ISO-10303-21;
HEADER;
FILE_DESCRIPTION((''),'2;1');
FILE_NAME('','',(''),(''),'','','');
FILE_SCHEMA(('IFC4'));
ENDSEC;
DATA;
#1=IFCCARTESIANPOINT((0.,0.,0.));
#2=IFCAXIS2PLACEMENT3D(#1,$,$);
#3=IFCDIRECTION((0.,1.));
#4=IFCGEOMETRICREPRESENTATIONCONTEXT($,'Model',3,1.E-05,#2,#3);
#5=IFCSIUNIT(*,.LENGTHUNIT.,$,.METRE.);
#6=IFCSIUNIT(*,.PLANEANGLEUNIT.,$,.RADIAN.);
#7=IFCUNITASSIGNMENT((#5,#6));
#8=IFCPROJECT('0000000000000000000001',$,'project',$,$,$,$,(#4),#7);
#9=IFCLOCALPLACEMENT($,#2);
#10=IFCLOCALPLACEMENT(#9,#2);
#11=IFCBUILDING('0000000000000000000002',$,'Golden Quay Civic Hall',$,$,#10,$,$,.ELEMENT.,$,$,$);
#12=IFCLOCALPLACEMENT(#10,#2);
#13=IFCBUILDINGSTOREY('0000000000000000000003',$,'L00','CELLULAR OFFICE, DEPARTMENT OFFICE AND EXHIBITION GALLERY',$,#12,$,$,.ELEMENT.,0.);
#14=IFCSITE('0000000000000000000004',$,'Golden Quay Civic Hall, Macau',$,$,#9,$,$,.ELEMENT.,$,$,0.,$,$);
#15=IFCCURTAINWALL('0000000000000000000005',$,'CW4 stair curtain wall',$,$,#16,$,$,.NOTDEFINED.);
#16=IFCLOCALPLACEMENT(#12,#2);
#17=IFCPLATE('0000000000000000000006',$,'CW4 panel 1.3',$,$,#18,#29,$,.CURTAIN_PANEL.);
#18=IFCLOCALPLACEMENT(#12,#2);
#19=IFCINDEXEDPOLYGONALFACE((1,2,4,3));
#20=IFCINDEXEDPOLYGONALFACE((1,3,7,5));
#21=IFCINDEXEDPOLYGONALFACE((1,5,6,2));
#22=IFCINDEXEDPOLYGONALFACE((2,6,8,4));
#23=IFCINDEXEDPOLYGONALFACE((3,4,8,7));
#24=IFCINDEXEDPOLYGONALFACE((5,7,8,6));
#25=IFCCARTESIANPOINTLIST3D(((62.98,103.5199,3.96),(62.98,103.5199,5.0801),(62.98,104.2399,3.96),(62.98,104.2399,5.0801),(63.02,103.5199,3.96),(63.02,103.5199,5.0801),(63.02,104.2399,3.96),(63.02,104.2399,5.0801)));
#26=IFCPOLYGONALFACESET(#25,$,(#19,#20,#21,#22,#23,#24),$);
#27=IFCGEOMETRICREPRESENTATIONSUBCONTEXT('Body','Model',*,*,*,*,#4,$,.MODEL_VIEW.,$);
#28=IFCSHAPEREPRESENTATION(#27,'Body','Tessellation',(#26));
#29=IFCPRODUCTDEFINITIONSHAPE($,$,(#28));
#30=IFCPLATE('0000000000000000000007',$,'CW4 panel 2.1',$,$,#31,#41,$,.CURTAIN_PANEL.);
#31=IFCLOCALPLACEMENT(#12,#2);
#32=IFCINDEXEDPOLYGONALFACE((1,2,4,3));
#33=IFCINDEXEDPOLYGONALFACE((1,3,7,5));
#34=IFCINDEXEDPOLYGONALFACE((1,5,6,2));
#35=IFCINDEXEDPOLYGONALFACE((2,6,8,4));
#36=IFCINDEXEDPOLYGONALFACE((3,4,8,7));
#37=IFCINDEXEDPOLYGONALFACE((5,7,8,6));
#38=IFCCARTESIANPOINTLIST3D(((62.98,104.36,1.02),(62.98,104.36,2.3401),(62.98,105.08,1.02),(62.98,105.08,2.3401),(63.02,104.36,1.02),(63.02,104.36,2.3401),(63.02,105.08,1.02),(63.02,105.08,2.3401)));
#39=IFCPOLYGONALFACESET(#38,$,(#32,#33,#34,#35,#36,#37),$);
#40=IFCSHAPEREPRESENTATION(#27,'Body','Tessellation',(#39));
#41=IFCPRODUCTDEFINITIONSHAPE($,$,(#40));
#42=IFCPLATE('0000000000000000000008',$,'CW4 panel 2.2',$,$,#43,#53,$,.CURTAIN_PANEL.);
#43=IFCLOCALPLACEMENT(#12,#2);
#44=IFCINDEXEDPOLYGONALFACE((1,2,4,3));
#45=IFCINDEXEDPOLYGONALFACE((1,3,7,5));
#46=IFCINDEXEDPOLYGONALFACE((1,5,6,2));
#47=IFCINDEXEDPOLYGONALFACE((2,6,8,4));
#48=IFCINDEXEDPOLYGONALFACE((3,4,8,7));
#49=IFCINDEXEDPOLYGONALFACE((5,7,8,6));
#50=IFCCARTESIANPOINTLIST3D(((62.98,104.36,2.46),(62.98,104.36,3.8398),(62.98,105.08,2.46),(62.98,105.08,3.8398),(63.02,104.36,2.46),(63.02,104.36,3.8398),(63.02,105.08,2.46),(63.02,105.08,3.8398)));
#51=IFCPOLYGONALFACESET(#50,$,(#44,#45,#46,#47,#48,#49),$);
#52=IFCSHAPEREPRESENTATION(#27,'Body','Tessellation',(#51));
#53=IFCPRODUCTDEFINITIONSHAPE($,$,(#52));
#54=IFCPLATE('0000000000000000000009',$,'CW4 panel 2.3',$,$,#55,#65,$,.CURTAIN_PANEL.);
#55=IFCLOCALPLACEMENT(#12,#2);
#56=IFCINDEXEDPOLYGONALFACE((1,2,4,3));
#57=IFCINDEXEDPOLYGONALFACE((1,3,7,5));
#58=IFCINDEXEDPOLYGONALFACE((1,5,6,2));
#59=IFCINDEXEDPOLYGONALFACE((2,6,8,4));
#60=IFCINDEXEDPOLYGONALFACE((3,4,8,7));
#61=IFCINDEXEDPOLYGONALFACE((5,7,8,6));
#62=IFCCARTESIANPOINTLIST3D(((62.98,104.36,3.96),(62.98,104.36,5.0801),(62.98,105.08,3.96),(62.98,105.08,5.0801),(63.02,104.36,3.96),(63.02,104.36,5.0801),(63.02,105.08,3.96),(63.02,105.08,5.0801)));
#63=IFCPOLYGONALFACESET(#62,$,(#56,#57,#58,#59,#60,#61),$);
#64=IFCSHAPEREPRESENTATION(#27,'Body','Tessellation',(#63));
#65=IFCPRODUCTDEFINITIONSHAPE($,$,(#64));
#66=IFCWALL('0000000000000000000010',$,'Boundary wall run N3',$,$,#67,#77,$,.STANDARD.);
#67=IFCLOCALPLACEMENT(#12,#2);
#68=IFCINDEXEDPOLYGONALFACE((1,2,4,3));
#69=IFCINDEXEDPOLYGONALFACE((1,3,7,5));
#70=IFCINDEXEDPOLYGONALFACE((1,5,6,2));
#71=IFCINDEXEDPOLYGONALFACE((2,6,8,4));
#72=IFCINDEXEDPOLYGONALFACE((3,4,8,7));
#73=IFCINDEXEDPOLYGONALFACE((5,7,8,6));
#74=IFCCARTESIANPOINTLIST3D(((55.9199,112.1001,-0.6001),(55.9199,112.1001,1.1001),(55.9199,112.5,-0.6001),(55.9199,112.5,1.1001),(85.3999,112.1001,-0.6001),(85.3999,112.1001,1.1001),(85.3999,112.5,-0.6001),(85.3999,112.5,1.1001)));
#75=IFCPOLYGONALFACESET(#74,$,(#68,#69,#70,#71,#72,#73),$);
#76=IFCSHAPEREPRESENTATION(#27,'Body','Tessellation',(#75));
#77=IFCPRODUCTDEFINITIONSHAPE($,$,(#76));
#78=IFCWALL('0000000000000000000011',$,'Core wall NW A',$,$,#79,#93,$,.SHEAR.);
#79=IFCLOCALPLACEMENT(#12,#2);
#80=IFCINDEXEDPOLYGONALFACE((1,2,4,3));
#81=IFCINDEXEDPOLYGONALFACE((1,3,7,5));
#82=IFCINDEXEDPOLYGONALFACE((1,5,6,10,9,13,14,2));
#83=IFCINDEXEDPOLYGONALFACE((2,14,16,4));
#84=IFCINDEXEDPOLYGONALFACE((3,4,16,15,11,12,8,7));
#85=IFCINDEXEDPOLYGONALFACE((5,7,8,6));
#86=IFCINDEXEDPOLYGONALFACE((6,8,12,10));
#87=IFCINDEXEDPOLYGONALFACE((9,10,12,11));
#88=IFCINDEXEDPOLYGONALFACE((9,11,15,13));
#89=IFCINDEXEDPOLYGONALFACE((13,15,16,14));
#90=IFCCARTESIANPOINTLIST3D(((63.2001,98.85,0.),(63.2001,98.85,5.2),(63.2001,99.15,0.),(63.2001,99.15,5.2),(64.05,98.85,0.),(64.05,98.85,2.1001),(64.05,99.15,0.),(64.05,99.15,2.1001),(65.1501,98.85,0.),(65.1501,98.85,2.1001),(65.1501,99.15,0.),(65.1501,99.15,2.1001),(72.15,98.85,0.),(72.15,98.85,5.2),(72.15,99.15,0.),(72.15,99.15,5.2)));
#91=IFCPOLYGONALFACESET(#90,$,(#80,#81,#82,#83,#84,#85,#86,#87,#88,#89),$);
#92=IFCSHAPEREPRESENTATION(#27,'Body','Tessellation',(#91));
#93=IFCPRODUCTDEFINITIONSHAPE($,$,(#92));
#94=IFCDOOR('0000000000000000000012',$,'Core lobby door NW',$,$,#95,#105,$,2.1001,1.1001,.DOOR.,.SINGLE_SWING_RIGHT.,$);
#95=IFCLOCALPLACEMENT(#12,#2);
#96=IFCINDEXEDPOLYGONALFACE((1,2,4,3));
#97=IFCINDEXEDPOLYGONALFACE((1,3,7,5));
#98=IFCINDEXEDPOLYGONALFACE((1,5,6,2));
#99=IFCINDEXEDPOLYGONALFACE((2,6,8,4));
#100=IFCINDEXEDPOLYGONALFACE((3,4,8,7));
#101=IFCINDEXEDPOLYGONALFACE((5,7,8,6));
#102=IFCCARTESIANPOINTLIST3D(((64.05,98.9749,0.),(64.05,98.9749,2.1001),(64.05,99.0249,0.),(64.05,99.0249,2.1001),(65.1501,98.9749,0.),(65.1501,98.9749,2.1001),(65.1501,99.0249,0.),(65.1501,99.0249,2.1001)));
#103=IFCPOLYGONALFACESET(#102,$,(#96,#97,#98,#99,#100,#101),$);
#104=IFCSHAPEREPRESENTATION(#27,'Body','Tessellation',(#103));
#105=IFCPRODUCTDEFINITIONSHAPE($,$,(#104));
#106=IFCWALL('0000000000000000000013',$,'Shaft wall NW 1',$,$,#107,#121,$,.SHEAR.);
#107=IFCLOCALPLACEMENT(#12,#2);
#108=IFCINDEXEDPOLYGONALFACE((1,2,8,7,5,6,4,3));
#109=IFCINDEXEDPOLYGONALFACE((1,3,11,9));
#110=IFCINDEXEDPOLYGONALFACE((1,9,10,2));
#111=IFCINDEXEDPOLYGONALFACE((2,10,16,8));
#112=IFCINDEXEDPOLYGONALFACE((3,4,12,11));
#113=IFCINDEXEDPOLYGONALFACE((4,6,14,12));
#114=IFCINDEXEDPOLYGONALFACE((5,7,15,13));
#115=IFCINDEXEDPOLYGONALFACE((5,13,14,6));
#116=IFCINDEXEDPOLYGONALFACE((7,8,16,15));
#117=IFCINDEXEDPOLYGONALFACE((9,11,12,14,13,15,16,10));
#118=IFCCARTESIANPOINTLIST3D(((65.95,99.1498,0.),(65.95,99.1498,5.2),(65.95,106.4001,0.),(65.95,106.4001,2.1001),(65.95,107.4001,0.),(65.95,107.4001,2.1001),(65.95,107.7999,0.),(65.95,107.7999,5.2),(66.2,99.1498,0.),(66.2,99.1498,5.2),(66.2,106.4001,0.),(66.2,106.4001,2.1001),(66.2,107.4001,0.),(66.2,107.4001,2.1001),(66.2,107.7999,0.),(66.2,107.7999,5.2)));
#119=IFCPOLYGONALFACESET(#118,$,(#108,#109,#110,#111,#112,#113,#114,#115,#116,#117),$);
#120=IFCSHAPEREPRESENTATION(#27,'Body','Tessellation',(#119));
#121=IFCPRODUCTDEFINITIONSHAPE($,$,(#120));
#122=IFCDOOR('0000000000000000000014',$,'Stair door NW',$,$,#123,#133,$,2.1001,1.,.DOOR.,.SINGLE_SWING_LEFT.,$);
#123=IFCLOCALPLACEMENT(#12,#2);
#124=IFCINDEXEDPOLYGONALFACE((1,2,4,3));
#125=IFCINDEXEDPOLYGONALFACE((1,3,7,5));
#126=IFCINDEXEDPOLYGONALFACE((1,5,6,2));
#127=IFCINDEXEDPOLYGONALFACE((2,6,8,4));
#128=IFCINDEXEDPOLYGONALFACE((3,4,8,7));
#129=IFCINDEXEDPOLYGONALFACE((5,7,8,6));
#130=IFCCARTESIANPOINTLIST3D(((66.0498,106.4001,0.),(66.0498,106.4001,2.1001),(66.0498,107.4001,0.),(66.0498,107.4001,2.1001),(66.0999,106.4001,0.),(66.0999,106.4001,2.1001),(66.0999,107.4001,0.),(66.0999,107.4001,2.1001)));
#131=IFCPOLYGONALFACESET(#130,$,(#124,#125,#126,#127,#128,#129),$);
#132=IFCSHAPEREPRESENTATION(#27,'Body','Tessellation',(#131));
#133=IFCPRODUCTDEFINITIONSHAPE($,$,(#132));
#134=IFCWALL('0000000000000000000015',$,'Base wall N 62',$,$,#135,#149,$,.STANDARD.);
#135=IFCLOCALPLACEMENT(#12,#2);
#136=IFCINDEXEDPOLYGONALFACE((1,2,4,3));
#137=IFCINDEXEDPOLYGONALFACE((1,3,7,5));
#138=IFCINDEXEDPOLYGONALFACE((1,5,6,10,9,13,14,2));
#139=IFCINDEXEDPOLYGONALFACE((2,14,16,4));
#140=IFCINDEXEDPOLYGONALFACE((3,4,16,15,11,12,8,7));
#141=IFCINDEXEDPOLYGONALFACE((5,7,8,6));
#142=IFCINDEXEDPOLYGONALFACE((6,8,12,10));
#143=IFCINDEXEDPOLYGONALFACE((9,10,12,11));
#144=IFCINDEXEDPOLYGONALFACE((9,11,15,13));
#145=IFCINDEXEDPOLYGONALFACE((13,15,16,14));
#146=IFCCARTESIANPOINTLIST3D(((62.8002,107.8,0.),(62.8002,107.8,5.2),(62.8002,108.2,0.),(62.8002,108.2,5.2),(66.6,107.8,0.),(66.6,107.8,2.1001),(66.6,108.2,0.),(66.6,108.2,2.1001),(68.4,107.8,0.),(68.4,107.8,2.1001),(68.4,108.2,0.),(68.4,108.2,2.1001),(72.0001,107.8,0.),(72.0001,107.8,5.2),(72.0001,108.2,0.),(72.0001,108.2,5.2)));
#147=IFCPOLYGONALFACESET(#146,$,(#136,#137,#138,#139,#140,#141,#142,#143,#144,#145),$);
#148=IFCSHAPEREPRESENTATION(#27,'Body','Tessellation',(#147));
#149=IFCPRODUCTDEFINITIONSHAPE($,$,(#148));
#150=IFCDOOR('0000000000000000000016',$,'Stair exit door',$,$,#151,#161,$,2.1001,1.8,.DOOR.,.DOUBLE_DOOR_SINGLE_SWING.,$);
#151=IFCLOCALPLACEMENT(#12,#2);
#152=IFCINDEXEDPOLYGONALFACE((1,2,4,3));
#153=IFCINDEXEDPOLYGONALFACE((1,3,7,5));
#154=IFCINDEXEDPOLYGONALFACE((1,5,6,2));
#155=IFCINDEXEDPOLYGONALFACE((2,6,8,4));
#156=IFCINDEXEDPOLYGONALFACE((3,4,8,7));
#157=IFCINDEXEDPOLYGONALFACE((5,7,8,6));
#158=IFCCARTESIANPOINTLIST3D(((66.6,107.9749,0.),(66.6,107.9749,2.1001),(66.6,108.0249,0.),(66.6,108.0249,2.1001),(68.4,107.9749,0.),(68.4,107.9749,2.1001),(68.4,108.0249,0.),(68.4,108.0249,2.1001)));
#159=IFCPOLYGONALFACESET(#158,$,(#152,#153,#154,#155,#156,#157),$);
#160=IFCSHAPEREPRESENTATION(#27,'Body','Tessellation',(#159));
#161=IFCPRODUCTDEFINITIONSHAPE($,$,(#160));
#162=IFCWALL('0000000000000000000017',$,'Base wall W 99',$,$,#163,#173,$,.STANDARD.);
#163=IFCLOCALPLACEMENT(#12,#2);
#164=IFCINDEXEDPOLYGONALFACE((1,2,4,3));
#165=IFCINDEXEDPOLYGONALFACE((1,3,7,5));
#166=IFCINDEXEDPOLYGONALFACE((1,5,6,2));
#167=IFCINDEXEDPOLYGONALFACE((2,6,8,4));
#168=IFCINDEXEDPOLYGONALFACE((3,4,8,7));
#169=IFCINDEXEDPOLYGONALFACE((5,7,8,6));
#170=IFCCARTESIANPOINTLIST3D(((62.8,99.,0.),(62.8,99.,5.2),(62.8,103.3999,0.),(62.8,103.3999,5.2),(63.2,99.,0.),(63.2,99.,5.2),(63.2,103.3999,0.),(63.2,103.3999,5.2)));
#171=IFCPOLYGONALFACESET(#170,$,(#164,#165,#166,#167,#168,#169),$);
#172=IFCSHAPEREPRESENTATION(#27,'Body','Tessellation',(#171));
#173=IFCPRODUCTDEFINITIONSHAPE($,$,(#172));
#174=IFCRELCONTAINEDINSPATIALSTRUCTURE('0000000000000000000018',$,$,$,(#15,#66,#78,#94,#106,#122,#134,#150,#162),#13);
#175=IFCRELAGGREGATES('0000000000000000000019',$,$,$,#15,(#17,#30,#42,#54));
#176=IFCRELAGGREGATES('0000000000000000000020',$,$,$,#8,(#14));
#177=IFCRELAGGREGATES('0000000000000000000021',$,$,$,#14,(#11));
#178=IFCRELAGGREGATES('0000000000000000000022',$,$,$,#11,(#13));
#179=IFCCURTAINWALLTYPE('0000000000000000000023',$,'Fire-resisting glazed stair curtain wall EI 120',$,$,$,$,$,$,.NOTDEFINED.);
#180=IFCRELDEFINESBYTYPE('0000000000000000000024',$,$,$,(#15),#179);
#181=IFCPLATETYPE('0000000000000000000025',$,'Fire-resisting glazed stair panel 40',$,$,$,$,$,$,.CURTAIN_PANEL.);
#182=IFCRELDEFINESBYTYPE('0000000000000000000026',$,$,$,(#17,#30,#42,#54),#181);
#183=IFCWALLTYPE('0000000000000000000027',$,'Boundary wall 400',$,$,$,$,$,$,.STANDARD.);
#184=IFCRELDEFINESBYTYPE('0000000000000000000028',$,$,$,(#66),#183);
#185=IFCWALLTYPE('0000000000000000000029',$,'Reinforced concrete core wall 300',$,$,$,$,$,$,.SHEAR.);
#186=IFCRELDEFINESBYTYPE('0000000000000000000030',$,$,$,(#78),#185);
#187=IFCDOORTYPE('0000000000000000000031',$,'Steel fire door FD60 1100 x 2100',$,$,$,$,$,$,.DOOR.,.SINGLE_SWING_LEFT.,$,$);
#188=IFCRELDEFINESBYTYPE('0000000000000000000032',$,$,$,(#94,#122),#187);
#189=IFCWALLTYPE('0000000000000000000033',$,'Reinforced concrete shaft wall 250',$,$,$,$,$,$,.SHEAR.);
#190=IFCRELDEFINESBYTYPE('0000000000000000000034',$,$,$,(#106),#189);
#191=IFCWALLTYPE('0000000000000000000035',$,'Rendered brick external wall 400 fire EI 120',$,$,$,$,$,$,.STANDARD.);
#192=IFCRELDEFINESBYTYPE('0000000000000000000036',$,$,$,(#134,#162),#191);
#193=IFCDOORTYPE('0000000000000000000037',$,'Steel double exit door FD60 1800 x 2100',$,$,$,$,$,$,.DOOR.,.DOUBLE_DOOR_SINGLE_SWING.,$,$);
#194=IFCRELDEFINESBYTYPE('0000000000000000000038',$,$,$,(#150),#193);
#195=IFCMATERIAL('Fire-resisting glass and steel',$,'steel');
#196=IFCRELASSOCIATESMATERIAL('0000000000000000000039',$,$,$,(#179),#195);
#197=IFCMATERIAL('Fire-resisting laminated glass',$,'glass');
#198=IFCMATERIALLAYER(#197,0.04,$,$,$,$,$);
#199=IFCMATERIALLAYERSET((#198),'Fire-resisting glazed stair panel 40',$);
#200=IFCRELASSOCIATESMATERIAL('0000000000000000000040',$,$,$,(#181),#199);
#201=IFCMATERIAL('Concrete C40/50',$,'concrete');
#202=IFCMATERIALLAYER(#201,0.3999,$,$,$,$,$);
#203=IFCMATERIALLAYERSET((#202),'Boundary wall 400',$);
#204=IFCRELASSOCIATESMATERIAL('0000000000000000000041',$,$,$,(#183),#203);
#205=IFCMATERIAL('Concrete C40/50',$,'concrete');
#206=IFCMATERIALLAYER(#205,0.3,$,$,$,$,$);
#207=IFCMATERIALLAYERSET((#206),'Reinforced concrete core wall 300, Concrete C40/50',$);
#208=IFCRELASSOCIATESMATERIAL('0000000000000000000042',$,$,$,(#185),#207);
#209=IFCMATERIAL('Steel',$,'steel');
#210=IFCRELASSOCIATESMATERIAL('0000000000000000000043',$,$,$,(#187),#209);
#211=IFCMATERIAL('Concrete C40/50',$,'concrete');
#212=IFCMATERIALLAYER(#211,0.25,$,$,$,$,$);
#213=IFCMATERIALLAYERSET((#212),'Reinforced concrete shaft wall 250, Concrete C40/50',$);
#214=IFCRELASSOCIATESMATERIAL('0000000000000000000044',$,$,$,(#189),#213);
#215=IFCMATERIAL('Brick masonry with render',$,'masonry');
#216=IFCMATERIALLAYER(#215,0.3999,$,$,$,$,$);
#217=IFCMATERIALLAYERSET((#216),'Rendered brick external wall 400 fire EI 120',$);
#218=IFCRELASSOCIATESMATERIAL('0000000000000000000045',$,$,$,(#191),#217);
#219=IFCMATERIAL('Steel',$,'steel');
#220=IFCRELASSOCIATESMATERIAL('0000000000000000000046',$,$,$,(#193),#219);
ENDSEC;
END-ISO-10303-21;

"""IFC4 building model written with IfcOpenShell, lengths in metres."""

from ifc_helpers import new_model, si_unit, direction, frame, frame_2d, origin, origin_2d, place, context, subcontext, project, spatial, rectangle, extrude, material, layer, layer_set, type_object, element, fill, aggregate, save


model = new_model("IFC4")

# Units and contexts
model_context = context("Model", 3, precision=1e-05, world=origin(), true_north=direction((0.0, 1.0)))
body_context = subcontext(model_context, "Body", "Model", "MODEL_VIEW")
ifc_project = project(units=[si_unit("LENGTHUNIT", "METRE"), si_unit("PLANEANGLEUNIT", "RADIAN")], contexts=[model_context])

# Site, building, storey
site_placement = place(None, origin())
site = spatial("IfcSite", under=ifc_project, at=site_placement, Name="Golden Quay Civic Hall, Macau", CompositionType="ELEMENT", RefElevation=0.0)
building_placement = place(site_placement, origin())
building = spatial("IfcBuilding", under=site, at=building_placement, Name="Golden Quay Civic Hall", CompositionType="ELEMENT")
storey_placement = place(building_placement, origin())
storey = spatial("IfcBuildingStorey", under=building, at=storey_placement, Name="L00", Description="CELLULAR OFFICE, DEPARTMENT OFFICE AND EXHIBITION GALLERY", CompositionType="ELEMENT", Elevation=0.0)

# Curtain wall, plates
ifc_material_1 = material(Name="Fire-resisting glass and steel", Category="steel")
curtain_wall_type = type_object("IfcCurtainWallType", Name="Fire-resisting glazed stair curtain wall EI 120", PredefinedType="NOTDEFINED", material=ifc_material_1)
curtain_wall_placement = place(storey_placement, origin())
curtain_wall = element("IfcCurtainWall", 1, at=curtain_wall_placement, inside=storey, type_object=curtain_wall_type, Name="CW4 stair curtain wall", PredefinedType="NOTDEFINED")
ifc_material_2 = material(Name="Fire-resisting laminated glass", Category="glass")
ifc_layer_1 = layer(ifc_material_2, 0.04)
ifc_layer_set_1 = layer_set([ifc_layer_1], Name="Fire-resisting glazed stair panel 40")
plate_type = type_object("IfcPlateType", Name="Fire-resisting glazed stair panel 40", PredefinedType="CURTAIN_PANEL", material=ifc_layer_set_1)
plate_1_placement = place(storey_placement, frame((63.0, 103.8799, 3.96), z_axis=(0.0, 0.0, 1.0), x_axis=(0.0, 1.0, 0.0)))
plate_1 = element("IfcPlate", 2, at=plate_1_placement, type_object=plate_type, Name="CW4 panel 1.3", PredefinedType="CURTAIN_PANEL", context=body_context, shape_type="SweptSolid", body=[
    extrude(rectangle(XDim=0.72, YDim=0.04, at=origin_2d()), origin(), (0.0, 0.0, 1.0), 1.1201),
])
plate_2_placement = place(storey_placement, frame((63.0, 104.72, 1.02), z_axis=(0.0, 0.0, 1.0), x_axis=(0.0, 1.0, 0.0)))
plate_2 = element("IfcPlate", 3, at=plate_2_placement, type_object=plate_type, Name="CW4 panel 2.1", PredefinedType="CURTAIN_PANEL", context=body_context, shape_type="SweptSolid", body=[
    extrude(rectangle(XDim=0.72, YDim=0.04, at=origin_2d()), origin(), (0.0, 0.0, 1.0), 1.3201),
])
plate_3_placement = place(storey_placement, frame((63.0, 104.72, 2.46), z_axis=(0.0, 0.0, 1.0), x_axis=(0.0, 1.0, 0.0)))
plate_3 = element("IfcPlate", 4, at=plate_3_placement, type_object=plate_type, Name="CW4 panel 2.2", PredefinedType="CURTAIN_PANEL", context=body_context, shape_type="SweptSolid", body=[
    extrude(rectangle(XDim=0.72, YDim=0.04, at=origin_2d()), origin(), (0.0, 0.0, 1.0), 1.3799),
])
plate_4_placement = place(storey_placement, frame((63.0, 104.72, 3.96), z_axis=(0.0, 0.0, 1.0), x_axis=(0.0, 1.0, 0.0)))
plate_4 = element("IfcPlate", 5, at=plate_4_placement, type_object=plate_type, Name="CW4 panel 2.3", PredefinedType="CURTAIN_PANEL", context=body_context, shape_type="SweptSolid", body=[
    extrude(rectangle(XDim=0.72, YDim=0.04, at=origin_2d()), origin(), (0.0, 0.0, 1.0), 1.1201),
])
aggregate(curtain_wall, [plate_1, plate_2, plate_3, plate_4])

# Wall
ifc_material_3 = material(Name="Concrete C40/50", Category="concrete")
ifc_layer_2 = layer(ifc_material_3, 0.3999)
ifc_layer_set_2 = layer_set([ifc_layer_2], Name="Boundary wall 400")
wall_type_1 = type_object("IfcWallType", Name="Boundary wall 400", PredefinedType="STANDARD", material=ifc_layer_set_2)
wall_1_placement = place(storey_placement, frame((55.9199, 112.3, -0.6001), z_axis=(0.0, 0.0, 1.0), x_axis=(1.0, 0.0, 0.0)))
element("IfcWall", 6, at=wall_1_placement, inside=storey, type_object=wall_type_1, Name="Boundary wall run N3", PredefinedType="STANDARD", context=body_context, shape_type="SweptSolid", body=[
    extrude(rectangle(XDim=29.48, YDim=0.3999, at=frame_2d((14.74, 0.0))), origin(), (0.0, 0.0, 1.0), 1.7002),
])

# Walls, openings, doors
ifc_material_4 = material(Name="Concrete C40/50", Category="concrete")
ifc_layer_3 = layer(ifc_material_4, 0.3)
ifc_layer_set_3 = layer_set([ifc_layer_3], Name="Reinforced concrete core wall 300, Concrete C40/50")
wall_type_2 = type_object("IfcWallType", Name="Reinforced concrete core wall 300", PredefinedType="SHEAR", material=ifc_layer_set_3)
wall_2_placement = place(storey_placement, frame((63.2, 99.0, 0.0), z_axis=(0.0, 0.0, 1.0), x_axis=(1.0, 0.0, 0.0)))
wall_2 = element("IfcWall", 7, at=wall_2_placement, inside=storey, type_object=wall_type_2, Name="Core wall NW A", PredefinedType="SHEAR", context=body_context, shape_type="SweptSolid", body=[
    extrude(rectangle(XDim=8.95, YDim=0.3, at=frame_2d((4.4751, 0.0))), origin(), (0.0, 0.0, 1.0), 5.2),
])
opening_1_placement = place(wall_2_placement, frame((0.8501, 0.0, 0.0)))
opening_1 = element("IfcOpeningElement", 8, at=opening_1_placement, cuts=wall_2, PredefinedType="OPENING", context=body_context, shape_type="SweptSolid", body=[
    extrude(rectangle(XDim=1.1001, YDim=2.1001, at=frame_2d((0.55, 1.05))), frame((0.0, 0.1599, 0.0), z_axis=(0.0, -1.0, 0.0), x_axis=(1.0, 0.0, 0.0)), (0.0, 0.0, 1.0), 0.3201),
])
ifc_material_5 = material(Name="Steel", Category="steel")
door_type_1 = type_object("IfcDoorType", Name="Steel fire door FD60 1100 x 2100", OperationType="SINGLE_SWING_LEFT", PredefinedType="DOOR", material=ifc_material_5)
door_1_placement = place(opening_1_placement, frame((1.1001, 0.0, 0.0), z_axis=(0.0, 0.0, 1.0), x_axis=(-1.0, 0.0, 0.0)))
door_1 = element("IfcDoor", 9, at=door_1_placement, inside=storey, type_object=door_type_1, Name="Core lobby door NW", OperationType="SINGLE_SWING_RIGHT", OverallHeight=2.1001, OverallWidth=1.1001, PredefinedType="DOOR", context=body_context, shape_type="SweptSolid", body=[
    extrude(rectangle(XDim=1.1001, YDim=2.1001, at=frame_2d((0.55, 1.05))), frame((0.0, 0.0251, 0.0), z_axis=(0.0, -1.0, 0.0), x_axis=(1.0, 0.0, 0.0)), (0.0, 0.0, 1.0), 0.05),
])
fill(opening_1, door_1)
ifc_material_6 = material(Name="Concrete C40/50", Category="concrete")
ifc_layer_4 = layer(ifc_material_6, 0.25)
ifc_layer_set_4 = layer_set([ifc_layer_4], Name="Reinforced concrete shaft wall 250, Concrete C40/50")
wall_type_3 = type_object("IfcWallType", Name="Reinforced concrete shaft wall 250", PredefinedType="SHEAR", material=ifc_layer_set_4)
wall_3_placement = place(storey_placement, frame((66.075, 107.8, 0.0), z_axis=(0.0, 0.0, 1.0), x_axis=(0.0, -1.0, 0.0)))
wall_3 = element("IfcWall", 10, at=wall_3_placement, inside=storey, type_object=wall_type_3, Name="Shaft wall NW 1", PredefinedType="SHEAR", context=body_context, shape_type="SweptSolid", body=[
    extrude(rectangle(XDim=8.6501, YDim=0.25, at=frame_2d((4.3252, 0.0))), origin(), (0.0, 0.0, 1.0), 5.2),
])
opening_2_placement = place(wall_3_placement, frame((0.3999, 0.0, 0.0)))
opening_2 = element("IfcOpeningElement", 11, at=opening_2_placement, cuts=wall_3, PredefinedType="OPENING", context=body_context, shape_type="SweptSolid", body=[
    extrude(rectangle(XDim=1.0, YDim=2.1001, at=frame_2d((0.5, 1.05))), frame((0.0, 0.135, 0.0), z_axis=(0.0, -1.0, 0.0), x_axis=(1.0, 0.0, 0.0)), (0.0, 0.0, 1.0), 0.27),
])
door_2_placement = place(opening_2_placement, origin())
door_2 = element("IfcDoor", 12, at=door_2_placement, inside=storey, type_object=door_type_1, Name="Stair door NW", OperationType="SINGLE_SWING_LEFT", OverallHeight=2.1001, OverallWidth=1.0, PredefinedType="DOOR", context=body_context, shape_type="SweptSolid", body=[
    extrude(rectangle(XDim=1.0, YDim=2.1001, at=frame_2d((0.5, 1.05))), frame((0.0, 0.0249, 0.0), z_axis=(0.0, -1.0, 0.0), x_axis=(1.0, 0.0, 0.0)), (0.0, 0.0, 1.0), 0.05),
])
fill(opening_2, door_2)
ifc_material_7 = material(Name="Brick masonry with render", Category="masonry")
ifc_layer_5 = layer(ifc_material_7, 0.3999)
ifc_layer_set_5 = layer_set([ifc_layer_5], Name="Rendered brick external wall 400 fire EI 120")
wall_type_4 = type_object("IfcWallType", Name="Rendered brick external wall 400 fire EI 120", PredefinedType="STANDARD", material=ifc_layer_set_5)
wall_4_placement = place(storey_placement, frame((62.8, 108.0, 0.0), z_axis=(0.0, 0.0, 1.0), x_axis=(1.0, 0.0, 0.0)))
wall_4 = element("IfcWall", 13, at=wall_4_placement, inside=storey, type_object=wall_type_4, Name="Base wall N 62", PredefinedType="STANDARD", context=body_context, shape_type="SweptSolid", body=[
    extrude(rectangle(XDim=9.2, YDim=0.3999, at=frame_2d((4.6001, 0.0))), origin(), (0.0, 0.0, 1.0), 5.2),
])
opening_3_placement = place(wall_4_placement, frame((3.8, 0.0, 0.0)))
opening_3 = element("IfcOpeningElement", 14, at=opening_3_placement, cuts=wall_4, PredefinedType="OPENING", context=body_context, shape_type="SweptSolid", body=[
    extrude(rectangle(XDim=1.8, YDim=2.1001, at=frame_2d((0.8999, 1.05))), frame((0.0, 0.21, 0.0), z_axis=(0.0, -1.0, 0.0), x_axis=(1.0, 0.0, 0.0)), (0.0, 0.0, 1.0), 0.4199),
])
ifc_material_8 = material(Name="Steel", Category="steel")
door_type_2 = type_object("IfcDoorType", Name="Steel double exit door FD60 1800 x 2100", OperationType="DOUBLE_DOOR_SINGLE_SWING", PredefinedType="DOOR", material=ifc_material_8)
door_3_placement = place(opening_3_placement, origin())
door_3 = element("IfcDoor", 15, at=door_3_placement, inside=storey, type_object=door_type_2, Name="Stair exit door", OperationType="DOUBLE_DOOR_SINGLE_SWING", OverallHeight=2.1001, OverallWidth=1.8, PredefinedType="DOOR", context=body_context, shape_type="SweptSolid", body=[
    extrude(rectangle(XDim=1.8, YDim=2.1001, at=frame_2d((0.8999, 1.05))), frame((0.0, 0.0249, 0.0), z_axis=(0.0, -1.0, 0.0), x_axis=(1.0, 0.0, 0.0)), (0.0, 0.0, 1.0), 0.05),
])
fill(opening_3, door_3)

# Wall
wall_5_placement = place(storey_placement, frame((63.0, 99.0, 0.0), z_axis=(0.0, 0.0, 1.0), x_axis=(0.0, 1.0, 0.0)))
element("IfcWall", 16, at=wall_5_placement, inside=storey, type_object=wall_type_4, Name="Base wall W 99", PredefinedType="STANDARD", context=body_context, shape_type="SweptSolid", body=[
    extrude(rectangle(XDim=4.3999, YDim=0.3999, at=frame_2d((2.2, 0.0))), origin(), (0.0, 0.0, 1.0), 5.2),
])

save(model, "model.ifc")
